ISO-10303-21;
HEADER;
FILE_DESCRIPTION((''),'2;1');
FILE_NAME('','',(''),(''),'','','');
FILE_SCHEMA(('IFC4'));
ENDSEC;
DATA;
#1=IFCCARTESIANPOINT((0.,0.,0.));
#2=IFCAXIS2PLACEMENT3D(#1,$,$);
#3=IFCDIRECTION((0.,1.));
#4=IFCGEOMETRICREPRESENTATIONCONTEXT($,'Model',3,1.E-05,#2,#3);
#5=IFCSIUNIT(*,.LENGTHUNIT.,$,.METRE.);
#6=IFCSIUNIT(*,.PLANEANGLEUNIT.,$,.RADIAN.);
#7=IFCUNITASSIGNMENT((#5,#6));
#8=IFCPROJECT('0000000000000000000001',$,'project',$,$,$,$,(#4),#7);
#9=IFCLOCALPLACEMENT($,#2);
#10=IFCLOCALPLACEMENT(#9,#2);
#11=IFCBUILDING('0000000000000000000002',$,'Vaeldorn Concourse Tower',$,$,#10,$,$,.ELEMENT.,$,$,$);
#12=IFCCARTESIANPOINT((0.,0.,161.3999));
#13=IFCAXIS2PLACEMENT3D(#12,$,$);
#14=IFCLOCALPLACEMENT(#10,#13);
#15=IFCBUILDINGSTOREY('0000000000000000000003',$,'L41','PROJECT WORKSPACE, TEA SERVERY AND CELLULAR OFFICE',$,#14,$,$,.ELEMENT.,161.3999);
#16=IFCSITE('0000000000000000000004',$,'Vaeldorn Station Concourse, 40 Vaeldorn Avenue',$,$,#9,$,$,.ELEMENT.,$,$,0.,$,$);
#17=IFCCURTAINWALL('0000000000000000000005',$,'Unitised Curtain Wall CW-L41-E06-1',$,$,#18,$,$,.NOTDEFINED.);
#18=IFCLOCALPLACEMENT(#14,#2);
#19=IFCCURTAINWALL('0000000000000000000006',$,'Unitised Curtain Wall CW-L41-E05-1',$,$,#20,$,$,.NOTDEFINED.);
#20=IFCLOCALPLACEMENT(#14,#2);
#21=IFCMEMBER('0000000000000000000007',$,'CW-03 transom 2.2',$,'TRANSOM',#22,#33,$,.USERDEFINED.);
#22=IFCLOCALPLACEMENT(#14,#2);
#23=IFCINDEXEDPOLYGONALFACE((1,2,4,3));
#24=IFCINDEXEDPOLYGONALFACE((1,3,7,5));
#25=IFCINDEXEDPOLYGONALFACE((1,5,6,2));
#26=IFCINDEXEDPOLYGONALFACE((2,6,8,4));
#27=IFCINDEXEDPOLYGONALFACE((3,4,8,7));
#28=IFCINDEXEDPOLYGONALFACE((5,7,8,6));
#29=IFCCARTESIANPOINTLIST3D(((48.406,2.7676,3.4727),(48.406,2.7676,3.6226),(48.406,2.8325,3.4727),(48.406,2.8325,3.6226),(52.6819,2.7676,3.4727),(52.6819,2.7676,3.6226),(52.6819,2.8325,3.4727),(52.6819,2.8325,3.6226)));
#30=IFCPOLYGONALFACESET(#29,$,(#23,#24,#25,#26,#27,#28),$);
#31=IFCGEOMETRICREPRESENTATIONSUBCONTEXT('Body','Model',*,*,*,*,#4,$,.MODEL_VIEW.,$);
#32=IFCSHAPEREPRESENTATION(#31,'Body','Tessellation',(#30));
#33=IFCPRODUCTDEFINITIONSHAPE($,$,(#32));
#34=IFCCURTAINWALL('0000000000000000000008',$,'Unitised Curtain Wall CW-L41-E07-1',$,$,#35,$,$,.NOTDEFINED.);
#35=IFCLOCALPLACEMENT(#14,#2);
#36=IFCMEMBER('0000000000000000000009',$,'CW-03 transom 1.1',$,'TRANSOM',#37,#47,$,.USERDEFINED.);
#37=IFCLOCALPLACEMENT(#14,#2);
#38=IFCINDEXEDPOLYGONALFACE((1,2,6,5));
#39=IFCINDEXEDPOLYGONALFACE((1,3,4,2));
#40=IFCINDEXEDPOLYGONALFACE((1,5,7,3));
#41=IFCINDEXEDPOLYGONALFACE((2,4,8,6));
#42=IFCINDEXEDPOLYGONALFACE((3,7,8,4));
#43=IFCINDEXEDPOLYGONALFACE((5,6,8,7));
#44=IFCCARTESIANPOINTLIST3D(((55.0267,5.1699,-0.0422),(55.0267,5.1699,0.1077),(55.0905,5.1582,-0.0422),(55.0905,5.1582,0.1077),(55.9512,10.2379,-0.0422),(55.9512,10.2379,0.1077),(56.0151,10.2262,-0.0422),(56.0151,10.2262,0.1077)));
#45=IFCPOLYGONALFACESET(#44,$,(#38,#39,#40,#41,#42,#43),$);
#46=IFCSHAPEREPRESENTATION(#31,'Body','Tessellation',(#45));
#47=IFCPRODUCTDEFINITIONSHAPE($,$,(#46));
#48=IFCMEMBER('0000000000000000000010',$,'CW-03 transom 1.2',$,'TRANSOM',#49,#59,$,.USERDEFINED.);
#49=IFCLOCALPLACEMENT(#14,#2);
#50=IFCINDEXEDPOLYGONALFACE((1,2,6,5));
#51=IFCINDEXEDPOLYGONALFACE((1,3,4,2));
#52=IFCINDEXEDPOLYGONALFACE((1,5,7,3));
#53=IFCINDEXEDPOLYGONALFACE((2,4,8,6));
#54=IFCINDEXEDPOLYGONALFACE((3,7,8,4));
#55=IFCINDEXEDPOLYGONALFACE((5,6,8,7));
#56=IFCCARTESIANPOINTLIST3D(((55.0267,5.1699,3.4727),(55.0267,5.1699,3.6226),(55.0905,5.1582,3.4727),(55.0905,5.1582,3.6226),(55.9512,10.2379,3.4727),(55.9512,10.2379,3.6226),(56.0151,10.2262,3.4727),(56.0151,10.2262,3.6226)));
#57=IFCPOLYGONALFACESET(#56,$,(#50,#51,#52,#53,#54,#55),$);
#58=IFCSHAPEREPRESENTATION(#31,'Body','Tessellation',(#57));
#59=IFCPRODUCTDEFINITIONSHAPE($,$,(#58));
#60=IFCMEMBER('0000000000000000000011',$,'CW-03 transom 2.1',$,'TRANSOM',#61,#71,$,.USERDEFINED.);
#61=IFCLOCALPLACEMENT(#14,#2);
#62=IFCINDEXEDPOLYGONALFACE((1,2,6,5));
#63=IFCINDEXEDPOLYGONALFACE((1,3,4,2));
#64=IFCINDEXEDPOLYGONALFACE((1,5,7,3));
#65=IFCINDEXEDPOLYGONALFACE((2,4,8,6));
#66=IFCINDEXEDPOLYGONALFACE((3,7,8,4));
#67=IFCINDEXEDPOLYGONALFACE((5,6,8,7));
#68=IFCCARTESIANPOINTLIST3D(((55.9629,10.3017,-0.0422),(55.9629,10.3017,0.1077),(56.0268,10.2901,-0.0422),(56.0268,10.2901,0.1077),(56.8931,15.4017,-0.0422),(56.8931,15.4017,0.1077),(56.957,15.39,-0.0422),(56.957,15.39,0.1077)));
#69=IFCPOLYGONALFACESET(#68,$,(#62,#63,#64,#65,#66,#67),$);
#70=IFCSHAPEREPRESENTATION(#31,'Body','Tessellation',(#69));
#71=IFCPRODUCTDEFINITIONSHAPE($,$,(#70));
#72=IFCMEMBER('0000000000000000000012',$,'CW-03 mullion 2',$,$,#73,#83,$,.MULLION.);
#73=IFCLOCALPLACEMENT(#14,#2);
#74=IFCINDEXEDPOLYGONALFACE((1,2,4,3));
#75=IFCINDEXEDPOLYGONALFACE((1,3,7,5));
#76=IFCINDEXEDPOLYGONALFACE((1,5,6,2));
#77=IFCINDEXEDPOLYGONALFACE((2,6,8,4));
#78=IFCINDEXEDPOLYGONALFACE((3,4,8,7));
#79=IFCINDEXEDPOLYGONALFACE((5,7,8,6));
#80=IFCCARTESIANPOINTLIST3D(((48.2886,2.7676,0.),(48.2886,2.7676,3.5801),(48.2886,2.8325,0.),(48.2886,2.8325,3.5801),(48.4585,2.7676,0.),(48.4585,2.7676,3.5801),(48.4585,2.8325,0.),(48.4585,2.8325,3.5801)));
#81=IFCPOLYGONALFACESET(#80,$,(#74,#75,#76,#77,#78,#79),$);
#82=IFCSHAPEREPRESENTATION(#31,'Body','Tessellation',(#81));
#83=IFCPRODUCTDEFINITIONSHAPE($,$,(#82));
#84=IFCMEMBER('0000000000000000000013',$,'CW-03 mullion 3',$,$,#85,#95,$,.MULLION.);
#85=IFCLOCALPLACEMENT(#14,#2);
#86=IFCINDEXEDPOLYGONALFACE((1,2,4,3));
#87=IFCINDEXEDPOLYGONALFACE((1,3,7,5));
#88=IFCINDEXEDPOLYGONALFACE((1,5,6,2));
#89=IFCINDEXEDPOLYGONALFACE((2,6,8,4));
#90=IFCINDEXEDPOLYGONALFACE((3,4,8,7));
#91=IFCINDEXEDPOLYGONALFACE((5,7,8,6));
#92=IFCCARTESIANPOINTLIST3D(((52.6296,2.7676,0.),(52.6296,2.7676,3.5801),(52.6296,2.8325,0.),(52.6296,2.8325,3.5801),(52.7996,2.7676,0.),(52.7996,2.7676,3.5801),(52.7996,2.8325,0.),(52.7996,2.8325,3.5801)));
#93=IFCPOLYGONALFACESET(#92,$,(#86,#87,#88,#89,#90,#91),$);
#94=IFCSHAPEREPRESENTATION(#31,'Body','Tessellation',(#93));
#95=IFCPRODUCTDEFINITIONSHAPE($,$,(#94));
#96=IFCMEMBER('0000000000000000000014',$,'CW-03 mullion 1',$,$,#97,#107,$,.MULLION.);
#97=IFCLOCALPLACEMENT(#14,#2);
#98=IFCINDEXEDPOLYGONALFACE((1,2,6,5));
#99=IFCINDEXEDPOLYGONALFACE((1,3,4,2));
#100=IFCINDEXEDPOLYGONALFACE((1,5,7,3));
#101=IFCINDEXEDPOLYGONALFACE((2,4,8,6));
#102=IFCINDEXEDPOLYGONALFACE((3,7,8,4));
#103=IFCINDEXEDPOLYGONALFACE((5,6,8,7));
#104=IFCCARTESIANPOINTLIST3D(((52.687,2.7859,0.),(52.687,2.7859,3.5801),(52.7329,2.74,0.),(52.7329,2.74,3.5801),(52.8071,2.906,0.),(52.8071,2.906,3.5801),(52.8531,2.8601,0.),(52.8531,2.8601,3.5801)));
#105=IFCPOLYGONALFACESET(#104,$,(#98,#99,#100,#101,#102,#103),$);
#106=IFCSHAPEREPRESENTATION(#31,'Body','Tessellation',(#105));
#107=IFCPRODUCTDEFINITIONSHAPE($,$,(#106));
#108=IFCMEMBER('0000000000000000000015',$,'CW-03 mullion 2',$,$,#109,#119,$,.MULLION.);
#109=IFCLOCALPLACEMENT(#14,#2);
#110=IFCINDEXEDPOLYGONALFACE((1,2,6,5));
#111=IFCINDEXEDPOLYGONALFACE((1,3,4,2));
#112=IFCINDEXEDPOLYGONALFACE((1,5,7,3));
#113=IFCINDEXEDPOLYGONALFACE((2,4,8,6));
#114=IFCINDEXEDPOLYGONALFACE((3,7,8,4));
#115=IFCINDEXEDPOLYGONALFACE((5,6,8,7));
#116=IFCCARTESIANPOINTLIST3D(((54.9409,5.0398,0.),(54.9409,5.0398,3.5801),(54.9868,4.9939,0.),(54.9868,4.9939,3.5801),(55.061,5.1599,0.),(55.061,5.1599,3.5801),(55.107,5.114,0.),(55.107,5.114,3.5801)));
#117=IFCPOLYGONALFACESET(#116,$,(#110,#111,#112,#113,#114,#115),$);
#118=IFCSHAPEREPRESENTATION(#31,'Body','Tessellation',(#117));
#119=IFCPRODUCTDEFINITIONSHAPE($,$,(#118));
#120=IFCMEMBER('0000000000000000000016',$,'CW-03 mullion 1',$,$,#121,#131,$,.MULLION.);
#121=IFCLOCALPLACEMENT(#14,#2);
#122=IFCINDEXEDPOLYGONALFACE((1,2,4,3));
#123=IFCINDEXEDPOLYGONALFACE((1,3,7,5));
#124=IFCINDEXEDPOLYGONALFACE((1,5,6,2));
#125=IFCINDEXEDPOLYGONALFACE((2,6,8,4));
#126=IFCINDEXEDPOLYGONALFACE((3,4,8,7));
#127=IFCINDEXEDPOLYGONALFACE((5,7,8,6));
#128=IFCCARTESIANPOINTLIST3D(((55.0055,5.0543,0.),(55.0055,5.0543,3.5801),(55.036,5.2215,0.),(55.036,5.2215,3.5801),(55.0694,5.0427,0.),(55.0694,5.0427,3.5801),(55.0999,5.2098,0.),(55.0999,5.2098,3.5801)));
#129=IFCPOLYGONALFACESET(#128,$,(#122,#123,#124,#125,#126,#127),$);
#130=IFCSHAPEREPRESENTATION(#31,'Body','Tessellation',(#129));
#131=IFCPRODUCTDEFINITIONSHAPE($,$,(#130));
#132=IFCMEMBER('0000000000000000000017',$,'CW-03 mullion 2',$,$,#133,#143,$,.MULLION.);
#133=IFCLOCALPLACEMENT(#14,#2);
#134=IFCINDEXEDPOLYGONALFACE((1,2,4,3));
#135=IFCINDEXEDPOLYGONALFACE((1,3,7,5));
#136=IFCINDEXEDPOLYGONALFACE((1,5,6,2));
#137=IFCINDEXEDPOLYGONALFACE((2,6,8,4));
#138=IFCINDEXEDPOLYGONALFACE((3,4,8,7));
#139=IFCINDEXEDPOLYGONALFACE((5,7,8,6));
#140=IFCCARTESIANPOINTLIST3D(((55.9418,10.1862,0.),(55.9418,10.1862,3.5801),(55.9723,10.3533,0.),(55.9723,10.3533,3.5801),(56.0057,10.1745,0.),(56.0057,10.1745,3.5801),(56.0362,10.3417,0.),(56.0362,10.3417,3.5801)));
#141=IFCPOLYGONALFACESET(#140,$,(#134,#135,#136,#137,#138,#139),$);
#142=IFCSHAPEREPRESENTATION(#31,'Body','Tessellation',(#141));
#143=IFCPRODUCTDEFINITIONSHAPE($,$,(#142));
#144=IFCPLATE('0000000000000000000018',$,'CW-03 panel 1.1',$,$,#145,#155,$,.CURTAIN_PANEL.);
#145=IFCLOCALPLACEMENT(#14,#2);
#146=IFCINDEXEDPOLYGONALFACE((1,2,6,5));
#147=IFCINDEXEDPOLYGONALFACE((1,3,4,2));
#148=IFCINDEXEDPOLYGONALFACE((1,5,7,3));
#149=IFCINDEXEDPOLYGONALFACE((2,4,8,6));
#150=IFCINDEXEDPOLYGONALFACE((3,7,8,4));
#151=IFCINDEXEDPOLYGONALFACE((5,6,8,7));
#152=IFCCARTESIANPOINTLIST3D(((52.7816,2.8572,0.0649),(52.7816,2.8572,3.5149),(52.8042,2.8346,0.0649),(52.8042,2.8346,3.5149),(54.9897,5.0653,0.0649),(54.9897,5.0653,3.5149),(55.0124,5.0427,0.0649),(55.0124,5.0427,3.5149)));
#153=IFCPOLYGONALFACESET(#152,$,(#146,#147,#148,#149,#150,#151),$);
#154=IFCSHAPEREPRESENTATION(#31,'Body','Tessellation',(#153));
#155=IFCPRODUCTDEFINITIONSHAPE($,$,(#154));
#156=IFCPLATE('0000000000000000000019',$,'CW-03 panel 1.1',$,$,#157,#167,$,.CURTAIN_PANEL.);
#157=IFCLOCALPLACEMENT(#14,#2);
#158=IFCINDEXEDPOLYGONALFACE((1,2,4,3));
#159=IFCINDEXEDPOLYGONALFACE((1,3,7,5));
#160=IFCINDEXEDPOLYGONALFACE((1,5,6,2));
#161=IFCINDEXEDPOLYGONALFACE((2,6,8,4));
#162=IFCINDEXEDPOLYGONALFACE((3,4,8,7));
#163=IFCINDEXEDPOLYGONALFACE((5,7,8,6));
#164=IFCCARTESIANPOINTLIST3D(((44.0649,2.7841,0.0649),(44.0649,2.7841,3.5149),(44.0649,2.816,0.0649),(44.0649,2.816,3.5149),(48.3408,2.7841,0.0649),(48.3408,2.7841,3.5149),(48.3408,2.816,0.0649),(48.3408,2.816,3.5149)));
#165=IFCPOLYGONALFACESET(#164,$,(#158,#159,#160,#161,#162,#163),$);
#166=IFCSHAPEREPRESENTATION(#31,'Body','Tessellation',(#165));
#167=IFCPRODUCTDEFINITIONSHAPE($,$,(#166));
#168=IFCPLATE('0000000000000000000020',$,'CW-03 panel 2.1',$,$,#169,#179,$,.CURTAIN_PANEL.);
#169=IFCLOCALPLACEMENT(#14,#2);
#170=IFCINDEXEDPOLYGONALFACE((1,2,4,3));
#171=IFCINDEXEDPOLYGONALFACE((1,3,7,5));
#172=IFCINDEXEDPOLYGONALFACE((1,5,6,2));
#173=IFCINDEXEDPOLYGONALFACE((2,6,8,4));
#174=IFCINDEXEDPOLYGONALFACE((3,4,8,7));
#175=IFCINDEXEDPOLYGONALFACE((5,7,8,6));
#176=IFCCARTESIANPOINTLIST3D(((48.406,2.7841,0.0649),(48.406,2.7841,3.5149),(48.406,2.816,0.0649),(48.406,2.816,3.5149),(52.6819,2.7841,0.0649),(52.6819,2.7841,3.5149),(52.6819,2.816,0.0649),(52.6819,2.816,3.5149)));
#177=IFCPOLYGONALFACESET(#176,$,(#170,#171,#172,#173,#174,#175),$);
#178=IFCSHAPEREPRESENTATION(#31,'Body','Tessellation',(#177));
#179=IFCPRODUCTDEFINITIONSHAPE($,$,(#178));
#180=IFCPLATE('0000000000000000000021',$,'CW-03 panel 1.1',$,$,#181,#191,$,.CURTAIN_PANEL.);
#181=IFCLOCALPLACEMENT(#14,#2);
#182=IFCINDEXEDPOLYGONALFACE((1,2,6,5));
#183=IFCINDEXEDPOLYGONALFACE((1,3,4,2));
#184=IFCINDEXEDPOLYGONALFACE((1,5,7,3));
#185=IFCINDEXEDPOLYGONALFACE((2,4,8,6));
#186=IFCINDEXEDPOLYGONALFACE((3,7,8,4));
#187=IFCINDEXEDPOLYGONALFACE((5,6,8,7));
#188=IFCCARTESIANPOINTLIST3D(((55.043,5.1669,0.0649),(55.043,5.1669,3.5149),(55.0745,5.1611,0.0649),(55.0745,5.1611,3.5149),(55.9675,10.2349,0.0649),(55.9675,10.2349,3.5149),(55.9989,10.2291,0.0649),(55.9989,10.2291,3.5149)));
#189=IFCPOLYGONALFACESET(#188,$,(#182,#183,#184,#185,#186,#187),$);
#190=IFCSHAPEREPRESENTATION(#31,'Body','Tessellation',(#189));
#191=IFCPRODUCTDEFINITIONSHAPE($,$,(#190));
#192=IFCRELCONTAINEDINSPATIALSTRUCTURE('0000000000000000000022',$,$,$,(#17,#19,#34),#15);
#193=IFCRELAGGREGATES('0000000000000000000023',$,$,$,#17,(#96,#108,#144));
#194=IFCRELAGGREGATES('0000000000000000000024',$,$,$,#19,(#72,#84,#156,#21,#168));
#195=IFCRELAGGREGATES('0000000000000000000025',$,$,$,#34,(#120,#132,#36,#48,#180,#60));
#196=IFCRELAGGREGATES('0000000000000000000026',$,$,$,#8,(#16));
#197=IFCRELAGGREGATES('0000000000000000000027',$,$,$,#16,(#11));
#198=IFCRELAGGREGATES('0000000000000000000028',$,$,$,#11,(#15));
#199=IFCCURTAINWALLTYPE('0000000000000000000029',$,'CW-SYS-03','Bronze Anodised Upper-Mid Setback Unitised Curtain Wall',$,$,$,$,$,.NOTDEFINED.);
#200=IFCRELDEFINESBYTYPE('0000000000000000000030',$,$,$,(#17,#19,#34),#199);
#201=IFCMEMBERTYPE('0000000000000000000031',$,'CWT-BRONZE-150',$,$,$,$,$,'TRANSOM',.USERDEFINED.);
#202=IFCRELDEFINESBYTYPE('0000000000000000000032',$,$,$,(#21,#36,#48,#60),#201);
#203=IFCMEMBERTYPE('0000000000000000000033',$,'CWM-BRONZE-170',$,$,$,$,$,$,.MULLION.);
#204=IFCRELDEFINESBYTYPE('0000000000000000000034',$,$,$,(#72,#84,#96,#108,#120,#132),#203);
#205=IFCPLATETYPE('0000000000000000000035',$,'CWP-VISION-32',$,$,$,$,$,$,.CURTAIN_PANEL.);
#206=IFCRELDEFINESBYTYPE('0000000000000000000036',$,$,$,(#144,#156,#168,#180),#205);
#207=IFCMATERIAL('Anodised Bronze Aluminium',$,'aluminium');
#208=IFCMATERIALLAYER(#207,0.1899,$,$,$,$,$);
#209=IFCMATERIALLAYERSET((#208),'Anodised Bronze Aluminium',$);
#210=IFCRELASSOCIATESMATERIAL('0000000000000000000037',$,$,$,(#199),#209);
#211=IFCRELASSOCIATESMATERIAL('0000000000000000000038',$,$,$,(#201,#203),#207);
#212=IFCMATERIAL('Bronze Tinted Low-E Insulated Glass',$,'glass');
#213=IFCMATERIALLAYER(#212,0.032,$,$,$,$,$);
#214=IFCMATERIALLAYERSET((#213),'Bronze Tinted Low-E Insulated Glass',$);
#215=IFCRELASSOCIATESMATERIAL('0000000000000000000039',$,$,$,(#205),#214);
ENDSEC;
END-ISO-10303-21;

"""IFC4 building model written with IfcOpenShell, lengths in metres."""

from ifc_helpers import new_model, si_unit, direction, frame, origin, origin_2d, place, context, subcontext, project, spatial, rectangle, extrude, source, transform, mapped, material, layer, layer_set, material_profile, profile_set, type_object, element, aggregate, save


model = new_model("IFC4")

# Units and contexts
model_context = context("Model", 3, precision=1e-05, world=origin(), true_north=direction((0.0, 1.0)))
body_context = subcontext(model_context, "Body", "Model", "MODEL_VIEW")
ifc_project = project(units=[si_unit("LENGTHUNIT", "METRE"), si_unit("PLANEANGLEUNIT", "RADIAN")], contexts=[model_context])

# Site, building, storey
site_placement = place(None, origin())
site = spatial("IfcSite", under=ifc_project, at=site_placement, Name="Vaeldorn Station Concourse, 40 Vaeldorn Avenue", CompositionType="ELEMENT", RefElevation=0.0)
building_placement = place(site_placement, origin())
building = spatial("IfcBuilding", under=site, at=building_placement, Name="Vaeldorn Concourse Tower", CompositionType="ELEMENT")
storey_placement = place(building_placement, frame((0.0, 0.0, 161.3999)))
storey = spatial("IfcBuildingStorey", under=building, at=storey_placement, Name="L41", Description="PROJECT WORKSPACE, TEA SERVERY AND CELLULAR OFFICE", CompositionType="ELEMENT", Elevation=161.3999)

# Curtain walls, members
ifc_material_1 = material(Name="Anodised Bronze Aluminium", Category="aluminium")
ifc_layer_1 = layer(ifc_material_1, 0.1899)
ifc_layer_set_1 = layer_set([ifc_layer_1], Name="Anodised Bronze Aluminium")
curtain_wall_type = type_object("IfcCurtainWallType", Name="CW-SYS-03", Description="Bronze Anodised Upper-Mid Setback Unitised Curtain Wall", PredefinedType="NOTDEFINED", material=ifc_layer_set_1)
curtain_wall_1_placement = place(storey_placement, origin())
curtain_wall_1 = element("IfcCurtainWall", 1, at=curtain_wall_1_placement, inside=storey, type_object=curtain_wall_type, Name="Unitised Curtain Wall CW-L41-E06-1", PredefinedType="NOTDEFINED")
ifc_material_profile_1 = material_profile(ifc_material_1, rectangle(XDim=0.0649, YDim=0.1499, at=origin_2d()), Name="CWT 65x150")
ifc_profile_set_1 = profile_set([ifc_material_profile_1], Name="Anodised Bronze Aluminium")
member_type_1 = type_object("IfcMemberType", Name="CWT-BRONZE-150", ElementType="TRANSOM", PredefinedType="USERDEFINED", material=ifc_profile_set_1)
curtain_wall_2_placement = place(storey_placement, origin())
curtain_wall_2 = element("IfcCurtainWall", 2, at=curtain_wall_2_placement, inside=storey, type_object=curtain_wall_type, Name="Unitised Curtain Wall CW-L41-E05-1", PredefinedType="NOTDEFINED")
shared_shape_1 = source(origin(), body_context, "Body", "SweptSolid", [
    extrude(rectangle(XDim=0.0649, YDim=0.1499, at=origin_2d()), origin(), (0.0, 0.0, 1.0), 4.2759),
])
member_1_placement = place(storey_placement, frame((48.406, 2.8, 3.5476), z_axis=(1.0, 0.0, 0.0), x_axis=(0.0, 1.0, 0.0)))
member_1 = element("IfcMember", 3, at=member_1_placement, type_object=member_type_1, Name="CW-03 transom 2.2", ObjectType="TRANSOM", PredefinedType="USERDEFINED", context=body_context, shape_type="MappedRepresentation", body=[
    mapped(shared_shape_1, transform((0.0, 0.0, 0.0), scale=1.0)),
])
curtain_wall_3_placement = place(storey_placement, origin())
curtain_wall_3 = element("IfcCurtainWall", 4, at=curtain_wall_3_placement, inside=storey, type_object=curtain_wall_type, Name="Unitised Curtain Wall CW-L41-E07-1", PredefinedType="NOTDEFINED")
shared_shape_2 = source(origin(), body_context, "Body", "SweptSolid", [
    extrude(rectangle(XDim=0.0649, YDim=0.1499, at=origin_2d()), origin(), (0.0, 0.0, 1.0), 5.1516),
])
member_2_placement = place(storey_placement, frame((55.0586, 5.1641, 0.0327), z_axis=(0.179473, 0.983763, 0.0), x_axis=(-0.983763, 0.179473, 0.0)))
member_2 = element("IfcMember", 5, at=member_2_placement, type_object=member_type_1, Name="CW-03 transom 1.1", ObjectType="TRANSOM", PredefinedType="USERDEFINED", context=body_context, shape_type="MappedRepresentation", body=[
    mapped(shared_shape_2, transform((0.0, 0.0, 0.0), scale=1.0)),
])
member_3_placement = place(storey_placement, frame((55.0586, 5.1641, 3.5476), z_axis=(0.179473, 0.983763, 0.0), x_axis=(-0.983763, 0.179473, 0.0)))
member_3 = element("IfcMember", 6, at=member_3_placement, type_object=member_type_1, Name="CW-03 transom 1.2", ObjectType="TRANSOM", PredefinedType="USERDEFINED", context=body_context, shape_type="MappedRepresentation", body=[
    mapped(shared_shape_2, transform((0.0, 0.0, 0.0), scale=1.0)),
])
shared_shape_3 = source(origin(), body_context, "Body", "SweptSolid", [
    extrude(rectangle(XDim=0.0649, YDim=0.1499, at=origin_2d()), origin(), (0.0, 0.0, 1.0), 5.1841),
])
member_4_placement = place(storey_placement, frame((55.9949, 10.2959, 0.0327), z_axis=(0.179432, 0.98377, 0.0), x_axis=(-0.98377, 0.179432, 0.0)))
member_4 = element("IfcMember", 7, at=member_4_placement, type_object=member_type_1, Name="CW-03 transom 2.1", ObjectType="TRANSOM", PredefinedType="USERDEFINED", context=body_context, shape_type="MappedRepresentation", body=[
    mapped(shared_shape_3, transform((0.0, 0.0, 0.0), scale=1.0)),
])

# Members
ifc_material_profile_2 = material_profile(ifc_material_1, rectangle(XDim=0.0649, YDim=0.1699, at=origin_2d()), Name="CWM 65x170")
ifc_profile_set_2 = profile_set([ifc_material_profile_2], Name="Anodised Bronze Aluminium")
member_type_2 = type_object("IfcMemberType", Name="CWM-BRONZE-170", PredefinedType="MULLION", material=ifc_profile_set_2)
shared_shape_4 = source(origin(), body_context, "Body", "SweptSolid", [
    extrude(rectangle(XDim=0.0649, YDim=0.1699, at=origin_2d()), origin(), (0.0, 0.0, 1.0), 3.5801),
])
member_5_placement = place(storey_placement, frame((48.3735, 2.8, 0.0), z_axis=(0.0, 0.0, 1.0), x_axis=(0.0, 1.0, 0.0)))
member_5 = element("IfcMember", 8, at=member_5_placement, type_object=member_type_2, Name="CW-03 mullion 2", PredefinedType="MULLION", context=body_context, shape_type="MappedRepresentation", body=[
    mapped(shared_shape_4, transform((0.0, 0.0, 0.0), scale=1.0)),
])
member_6_placement = place(storey_placement, frame((52.7146, 2.8, 0.0), z_axis=(0.0, 0.0, 1.0), x_axis=(0.0, 1.0, 0.0)))
member_6 = element("IfcMember", 9, at=member_6_placement, type_object=member_type_2, Name="CW-03 mullion 3", PredefinedType="MULLION", context=body_context, shape_type="MappedRepresentation", body=[
    mapped(shared_shape_4, transform((0.0, 0.0, 0.0), scale=1.0)),
])
member_7_placement = place(storey_placement, frame((52.77, 2.823, 0.0), z_axis=(0.0, 0.0, 1.0), x_axis=(-0.707107, 0.707107, 0.0)))
member_7 = element("IfcMember", 10, at=member_7_placement, type_object=member_type_2, Name="CW-03 mullion 1", PredefinedType="MULLION", context=body_context, shape_type="MappedRepresentation", body=[
    mapped(shared_shape_4, transform((0.0, 0.0, 0.0), scale=1.0)),
])
member_8_placement = place(storey_placement, frame((55.0239, 5.0769, 0.0), z_axis=(0.0, 0.0, 1.0), x_axis=(-0.707107, 0.707107, 0.0)))
member_8 = element("IfcMember", 11, at=member_8_placement, type_object=member_type_2, Name="CW-03 mullion 2", PredefinedType="MULLION", context=body_context, shape_type="MappedRepresentation", body=[
    mapped(shared_shape_4, transform((0.0, 0.0, 0.0), scale=1.0)),
])
member_9_placement = place(storey_placement, frame((55.0527, 5.1321, 0.0), z_axis=(0.0, 0.0, 1.0), x_axis=(-0.983768, 0.179446, 0.0)))
member_9 = element("IfcMember", 12, at=member_9_placement, type_object=member_type_2, Name="CW-03 mullion 1", PredefinedType="MULLION", context=body_context, shape_type="MappedRepresentation", body=[
    mapped(shared_shape_4, transform((0.0, 0.0, 0.0), scale=1.0)),
])
member_10_placement = place(storey_placement, frame((55.989, 10.2639, 0.0), z_axis=(0.0, 0.0, 1.0), x_axis=(-0.983768, 0.179446, 0.0)))
member_10 = element("IfcMember", 13, at=member_10_placement, type_object=member_type_2, Name="CW-03 mullion 2", PredefinedType="MULLION", context=body_context, shape_type="MappedRepresentation", body=[
    mapped(shared_shape_4, transform((0.0, 0.0, 0.0), scale=1.0)),
])

# Plates
ifc_material_2 = material(Name="Bronze Tinted Low-E Insulated Glass", Category="glass")
ifc_layer_2 = layer(ifc_material_2, 0.032)
ifc_layer_set_2 = layer_set([ifc_layer_2], Name="Bronze Tinted Low-E Insulated Glass")
plate_type = type_object("IfcPlateType", Name="CWP-VISION-32", PredefinedType="CURTAIN_PANEL", material=ifc_layer_set_2)
shared_shape_5 = source(origin(), body_context, "Body", "SweptSolid", [
    extrude(rectangle(XDim=3.1228, YDim=0.032, at=origin_2d()), origin(), (0.0, 0.0, 1.0), 3.45),
])
plate_1_placement = place(storey_placement, frame((53.897, 3.95, 0.0649), z_axis=(0.0, 0.0, 1.0), x_axis=(0.707107, 0.707107, 0.0)))
plate_1 = element("IfcPlate", 14, at=plate_1_placement, type_object=plate_type, Name="CW-03 panel 1.1", PredefinedType="CURTAIN_PANEL", context=body_context, shape_type="MappedRepresentation", body=[
    mapped(shared_shape_5, transform((0.0, 0.0, 0.0), scale=1.0)),
])
aggregate(curtain_wall_1, [member_7, member_8, plate_1])
shared_shape_6 = source(origin(), body_context, "Body", "SweptSolid", [
    extrude(rectangle(XDim=4.2759, YDim=0.032, at=origin_2d()), origin(), (0.0, 0.0, 1.0), 3.45),
])
plate_2_placement = place(storey_placement, frame((46.2029, 2.8, 0.0649), z_axis=(0.0, 0.0, 1.0), x_axis=(1.0, 0.0, 0.0)))
plate_2 = element("IfcPlate", 15, at=plate_2_placement, type_object=plate_type, Name="CW-03 panel 1.1", PredefinedType="CURTAIN_PANEL", context=body_context, shape_type="MappedRepresentation", body=[
    mapped(shared_shape_6, transform((0.0, 0.0, 0.0), scale=1.0)),
])
plate_3_placement = place(storey_placement, frame((50.5439, 2.8, 0.0649), z_axis=(0.0, 0.0, 1.0), x_axis=(1.0, 0.0, 0.0)))
plate_3 = element("IfcPlate", 16, at=plate_3_placement, type_object=plate_type, Name="CW-03 panel 2.1", PredefinedType="CURTAIN_PANEL", context=body_context, shape_type="MappedRepresentation", body=[
    mapped(shared_shape_6, transform((0.0, 0.0, 0.0), scale=1.0)),
])
aggregate(curtain_wall_2, [member_5, member_6, plate_2, member_1, plate_3])
shared_shape_7 = source(origin(), body_context, "Body", "SweptSolid", [
    extrude(rectangle(XDim=5.1516, YDim=0.032, at=origin_2d()), origin(), (0.0, 0.0, 1.0), 3.45),
])
plate_4_placement = place(storey_placement, frame((55.521, 7.698, 0.0649), z_axis=(0.0, 0.0, 1.0), x_axis=(0.179446, 0.983768, 0.0)))
plate_4 = element("IfcPlate", 17, at=plate_4_placement, type_object=plate_type, Name="CW-03 panel 1.1", PredefinedType="CURTAIN_PANEL", context=body_context, shape_type="MappedRepresentation", body=[
    mapped(shared_shape_7, transform((0.0, 0.0, 0.0), scale=1.0)),
])
aggregate(curtain_wall_3, [member_9, member_10, member_2, member_3, plate_4, member_4])

save(model, "model.ifc")
